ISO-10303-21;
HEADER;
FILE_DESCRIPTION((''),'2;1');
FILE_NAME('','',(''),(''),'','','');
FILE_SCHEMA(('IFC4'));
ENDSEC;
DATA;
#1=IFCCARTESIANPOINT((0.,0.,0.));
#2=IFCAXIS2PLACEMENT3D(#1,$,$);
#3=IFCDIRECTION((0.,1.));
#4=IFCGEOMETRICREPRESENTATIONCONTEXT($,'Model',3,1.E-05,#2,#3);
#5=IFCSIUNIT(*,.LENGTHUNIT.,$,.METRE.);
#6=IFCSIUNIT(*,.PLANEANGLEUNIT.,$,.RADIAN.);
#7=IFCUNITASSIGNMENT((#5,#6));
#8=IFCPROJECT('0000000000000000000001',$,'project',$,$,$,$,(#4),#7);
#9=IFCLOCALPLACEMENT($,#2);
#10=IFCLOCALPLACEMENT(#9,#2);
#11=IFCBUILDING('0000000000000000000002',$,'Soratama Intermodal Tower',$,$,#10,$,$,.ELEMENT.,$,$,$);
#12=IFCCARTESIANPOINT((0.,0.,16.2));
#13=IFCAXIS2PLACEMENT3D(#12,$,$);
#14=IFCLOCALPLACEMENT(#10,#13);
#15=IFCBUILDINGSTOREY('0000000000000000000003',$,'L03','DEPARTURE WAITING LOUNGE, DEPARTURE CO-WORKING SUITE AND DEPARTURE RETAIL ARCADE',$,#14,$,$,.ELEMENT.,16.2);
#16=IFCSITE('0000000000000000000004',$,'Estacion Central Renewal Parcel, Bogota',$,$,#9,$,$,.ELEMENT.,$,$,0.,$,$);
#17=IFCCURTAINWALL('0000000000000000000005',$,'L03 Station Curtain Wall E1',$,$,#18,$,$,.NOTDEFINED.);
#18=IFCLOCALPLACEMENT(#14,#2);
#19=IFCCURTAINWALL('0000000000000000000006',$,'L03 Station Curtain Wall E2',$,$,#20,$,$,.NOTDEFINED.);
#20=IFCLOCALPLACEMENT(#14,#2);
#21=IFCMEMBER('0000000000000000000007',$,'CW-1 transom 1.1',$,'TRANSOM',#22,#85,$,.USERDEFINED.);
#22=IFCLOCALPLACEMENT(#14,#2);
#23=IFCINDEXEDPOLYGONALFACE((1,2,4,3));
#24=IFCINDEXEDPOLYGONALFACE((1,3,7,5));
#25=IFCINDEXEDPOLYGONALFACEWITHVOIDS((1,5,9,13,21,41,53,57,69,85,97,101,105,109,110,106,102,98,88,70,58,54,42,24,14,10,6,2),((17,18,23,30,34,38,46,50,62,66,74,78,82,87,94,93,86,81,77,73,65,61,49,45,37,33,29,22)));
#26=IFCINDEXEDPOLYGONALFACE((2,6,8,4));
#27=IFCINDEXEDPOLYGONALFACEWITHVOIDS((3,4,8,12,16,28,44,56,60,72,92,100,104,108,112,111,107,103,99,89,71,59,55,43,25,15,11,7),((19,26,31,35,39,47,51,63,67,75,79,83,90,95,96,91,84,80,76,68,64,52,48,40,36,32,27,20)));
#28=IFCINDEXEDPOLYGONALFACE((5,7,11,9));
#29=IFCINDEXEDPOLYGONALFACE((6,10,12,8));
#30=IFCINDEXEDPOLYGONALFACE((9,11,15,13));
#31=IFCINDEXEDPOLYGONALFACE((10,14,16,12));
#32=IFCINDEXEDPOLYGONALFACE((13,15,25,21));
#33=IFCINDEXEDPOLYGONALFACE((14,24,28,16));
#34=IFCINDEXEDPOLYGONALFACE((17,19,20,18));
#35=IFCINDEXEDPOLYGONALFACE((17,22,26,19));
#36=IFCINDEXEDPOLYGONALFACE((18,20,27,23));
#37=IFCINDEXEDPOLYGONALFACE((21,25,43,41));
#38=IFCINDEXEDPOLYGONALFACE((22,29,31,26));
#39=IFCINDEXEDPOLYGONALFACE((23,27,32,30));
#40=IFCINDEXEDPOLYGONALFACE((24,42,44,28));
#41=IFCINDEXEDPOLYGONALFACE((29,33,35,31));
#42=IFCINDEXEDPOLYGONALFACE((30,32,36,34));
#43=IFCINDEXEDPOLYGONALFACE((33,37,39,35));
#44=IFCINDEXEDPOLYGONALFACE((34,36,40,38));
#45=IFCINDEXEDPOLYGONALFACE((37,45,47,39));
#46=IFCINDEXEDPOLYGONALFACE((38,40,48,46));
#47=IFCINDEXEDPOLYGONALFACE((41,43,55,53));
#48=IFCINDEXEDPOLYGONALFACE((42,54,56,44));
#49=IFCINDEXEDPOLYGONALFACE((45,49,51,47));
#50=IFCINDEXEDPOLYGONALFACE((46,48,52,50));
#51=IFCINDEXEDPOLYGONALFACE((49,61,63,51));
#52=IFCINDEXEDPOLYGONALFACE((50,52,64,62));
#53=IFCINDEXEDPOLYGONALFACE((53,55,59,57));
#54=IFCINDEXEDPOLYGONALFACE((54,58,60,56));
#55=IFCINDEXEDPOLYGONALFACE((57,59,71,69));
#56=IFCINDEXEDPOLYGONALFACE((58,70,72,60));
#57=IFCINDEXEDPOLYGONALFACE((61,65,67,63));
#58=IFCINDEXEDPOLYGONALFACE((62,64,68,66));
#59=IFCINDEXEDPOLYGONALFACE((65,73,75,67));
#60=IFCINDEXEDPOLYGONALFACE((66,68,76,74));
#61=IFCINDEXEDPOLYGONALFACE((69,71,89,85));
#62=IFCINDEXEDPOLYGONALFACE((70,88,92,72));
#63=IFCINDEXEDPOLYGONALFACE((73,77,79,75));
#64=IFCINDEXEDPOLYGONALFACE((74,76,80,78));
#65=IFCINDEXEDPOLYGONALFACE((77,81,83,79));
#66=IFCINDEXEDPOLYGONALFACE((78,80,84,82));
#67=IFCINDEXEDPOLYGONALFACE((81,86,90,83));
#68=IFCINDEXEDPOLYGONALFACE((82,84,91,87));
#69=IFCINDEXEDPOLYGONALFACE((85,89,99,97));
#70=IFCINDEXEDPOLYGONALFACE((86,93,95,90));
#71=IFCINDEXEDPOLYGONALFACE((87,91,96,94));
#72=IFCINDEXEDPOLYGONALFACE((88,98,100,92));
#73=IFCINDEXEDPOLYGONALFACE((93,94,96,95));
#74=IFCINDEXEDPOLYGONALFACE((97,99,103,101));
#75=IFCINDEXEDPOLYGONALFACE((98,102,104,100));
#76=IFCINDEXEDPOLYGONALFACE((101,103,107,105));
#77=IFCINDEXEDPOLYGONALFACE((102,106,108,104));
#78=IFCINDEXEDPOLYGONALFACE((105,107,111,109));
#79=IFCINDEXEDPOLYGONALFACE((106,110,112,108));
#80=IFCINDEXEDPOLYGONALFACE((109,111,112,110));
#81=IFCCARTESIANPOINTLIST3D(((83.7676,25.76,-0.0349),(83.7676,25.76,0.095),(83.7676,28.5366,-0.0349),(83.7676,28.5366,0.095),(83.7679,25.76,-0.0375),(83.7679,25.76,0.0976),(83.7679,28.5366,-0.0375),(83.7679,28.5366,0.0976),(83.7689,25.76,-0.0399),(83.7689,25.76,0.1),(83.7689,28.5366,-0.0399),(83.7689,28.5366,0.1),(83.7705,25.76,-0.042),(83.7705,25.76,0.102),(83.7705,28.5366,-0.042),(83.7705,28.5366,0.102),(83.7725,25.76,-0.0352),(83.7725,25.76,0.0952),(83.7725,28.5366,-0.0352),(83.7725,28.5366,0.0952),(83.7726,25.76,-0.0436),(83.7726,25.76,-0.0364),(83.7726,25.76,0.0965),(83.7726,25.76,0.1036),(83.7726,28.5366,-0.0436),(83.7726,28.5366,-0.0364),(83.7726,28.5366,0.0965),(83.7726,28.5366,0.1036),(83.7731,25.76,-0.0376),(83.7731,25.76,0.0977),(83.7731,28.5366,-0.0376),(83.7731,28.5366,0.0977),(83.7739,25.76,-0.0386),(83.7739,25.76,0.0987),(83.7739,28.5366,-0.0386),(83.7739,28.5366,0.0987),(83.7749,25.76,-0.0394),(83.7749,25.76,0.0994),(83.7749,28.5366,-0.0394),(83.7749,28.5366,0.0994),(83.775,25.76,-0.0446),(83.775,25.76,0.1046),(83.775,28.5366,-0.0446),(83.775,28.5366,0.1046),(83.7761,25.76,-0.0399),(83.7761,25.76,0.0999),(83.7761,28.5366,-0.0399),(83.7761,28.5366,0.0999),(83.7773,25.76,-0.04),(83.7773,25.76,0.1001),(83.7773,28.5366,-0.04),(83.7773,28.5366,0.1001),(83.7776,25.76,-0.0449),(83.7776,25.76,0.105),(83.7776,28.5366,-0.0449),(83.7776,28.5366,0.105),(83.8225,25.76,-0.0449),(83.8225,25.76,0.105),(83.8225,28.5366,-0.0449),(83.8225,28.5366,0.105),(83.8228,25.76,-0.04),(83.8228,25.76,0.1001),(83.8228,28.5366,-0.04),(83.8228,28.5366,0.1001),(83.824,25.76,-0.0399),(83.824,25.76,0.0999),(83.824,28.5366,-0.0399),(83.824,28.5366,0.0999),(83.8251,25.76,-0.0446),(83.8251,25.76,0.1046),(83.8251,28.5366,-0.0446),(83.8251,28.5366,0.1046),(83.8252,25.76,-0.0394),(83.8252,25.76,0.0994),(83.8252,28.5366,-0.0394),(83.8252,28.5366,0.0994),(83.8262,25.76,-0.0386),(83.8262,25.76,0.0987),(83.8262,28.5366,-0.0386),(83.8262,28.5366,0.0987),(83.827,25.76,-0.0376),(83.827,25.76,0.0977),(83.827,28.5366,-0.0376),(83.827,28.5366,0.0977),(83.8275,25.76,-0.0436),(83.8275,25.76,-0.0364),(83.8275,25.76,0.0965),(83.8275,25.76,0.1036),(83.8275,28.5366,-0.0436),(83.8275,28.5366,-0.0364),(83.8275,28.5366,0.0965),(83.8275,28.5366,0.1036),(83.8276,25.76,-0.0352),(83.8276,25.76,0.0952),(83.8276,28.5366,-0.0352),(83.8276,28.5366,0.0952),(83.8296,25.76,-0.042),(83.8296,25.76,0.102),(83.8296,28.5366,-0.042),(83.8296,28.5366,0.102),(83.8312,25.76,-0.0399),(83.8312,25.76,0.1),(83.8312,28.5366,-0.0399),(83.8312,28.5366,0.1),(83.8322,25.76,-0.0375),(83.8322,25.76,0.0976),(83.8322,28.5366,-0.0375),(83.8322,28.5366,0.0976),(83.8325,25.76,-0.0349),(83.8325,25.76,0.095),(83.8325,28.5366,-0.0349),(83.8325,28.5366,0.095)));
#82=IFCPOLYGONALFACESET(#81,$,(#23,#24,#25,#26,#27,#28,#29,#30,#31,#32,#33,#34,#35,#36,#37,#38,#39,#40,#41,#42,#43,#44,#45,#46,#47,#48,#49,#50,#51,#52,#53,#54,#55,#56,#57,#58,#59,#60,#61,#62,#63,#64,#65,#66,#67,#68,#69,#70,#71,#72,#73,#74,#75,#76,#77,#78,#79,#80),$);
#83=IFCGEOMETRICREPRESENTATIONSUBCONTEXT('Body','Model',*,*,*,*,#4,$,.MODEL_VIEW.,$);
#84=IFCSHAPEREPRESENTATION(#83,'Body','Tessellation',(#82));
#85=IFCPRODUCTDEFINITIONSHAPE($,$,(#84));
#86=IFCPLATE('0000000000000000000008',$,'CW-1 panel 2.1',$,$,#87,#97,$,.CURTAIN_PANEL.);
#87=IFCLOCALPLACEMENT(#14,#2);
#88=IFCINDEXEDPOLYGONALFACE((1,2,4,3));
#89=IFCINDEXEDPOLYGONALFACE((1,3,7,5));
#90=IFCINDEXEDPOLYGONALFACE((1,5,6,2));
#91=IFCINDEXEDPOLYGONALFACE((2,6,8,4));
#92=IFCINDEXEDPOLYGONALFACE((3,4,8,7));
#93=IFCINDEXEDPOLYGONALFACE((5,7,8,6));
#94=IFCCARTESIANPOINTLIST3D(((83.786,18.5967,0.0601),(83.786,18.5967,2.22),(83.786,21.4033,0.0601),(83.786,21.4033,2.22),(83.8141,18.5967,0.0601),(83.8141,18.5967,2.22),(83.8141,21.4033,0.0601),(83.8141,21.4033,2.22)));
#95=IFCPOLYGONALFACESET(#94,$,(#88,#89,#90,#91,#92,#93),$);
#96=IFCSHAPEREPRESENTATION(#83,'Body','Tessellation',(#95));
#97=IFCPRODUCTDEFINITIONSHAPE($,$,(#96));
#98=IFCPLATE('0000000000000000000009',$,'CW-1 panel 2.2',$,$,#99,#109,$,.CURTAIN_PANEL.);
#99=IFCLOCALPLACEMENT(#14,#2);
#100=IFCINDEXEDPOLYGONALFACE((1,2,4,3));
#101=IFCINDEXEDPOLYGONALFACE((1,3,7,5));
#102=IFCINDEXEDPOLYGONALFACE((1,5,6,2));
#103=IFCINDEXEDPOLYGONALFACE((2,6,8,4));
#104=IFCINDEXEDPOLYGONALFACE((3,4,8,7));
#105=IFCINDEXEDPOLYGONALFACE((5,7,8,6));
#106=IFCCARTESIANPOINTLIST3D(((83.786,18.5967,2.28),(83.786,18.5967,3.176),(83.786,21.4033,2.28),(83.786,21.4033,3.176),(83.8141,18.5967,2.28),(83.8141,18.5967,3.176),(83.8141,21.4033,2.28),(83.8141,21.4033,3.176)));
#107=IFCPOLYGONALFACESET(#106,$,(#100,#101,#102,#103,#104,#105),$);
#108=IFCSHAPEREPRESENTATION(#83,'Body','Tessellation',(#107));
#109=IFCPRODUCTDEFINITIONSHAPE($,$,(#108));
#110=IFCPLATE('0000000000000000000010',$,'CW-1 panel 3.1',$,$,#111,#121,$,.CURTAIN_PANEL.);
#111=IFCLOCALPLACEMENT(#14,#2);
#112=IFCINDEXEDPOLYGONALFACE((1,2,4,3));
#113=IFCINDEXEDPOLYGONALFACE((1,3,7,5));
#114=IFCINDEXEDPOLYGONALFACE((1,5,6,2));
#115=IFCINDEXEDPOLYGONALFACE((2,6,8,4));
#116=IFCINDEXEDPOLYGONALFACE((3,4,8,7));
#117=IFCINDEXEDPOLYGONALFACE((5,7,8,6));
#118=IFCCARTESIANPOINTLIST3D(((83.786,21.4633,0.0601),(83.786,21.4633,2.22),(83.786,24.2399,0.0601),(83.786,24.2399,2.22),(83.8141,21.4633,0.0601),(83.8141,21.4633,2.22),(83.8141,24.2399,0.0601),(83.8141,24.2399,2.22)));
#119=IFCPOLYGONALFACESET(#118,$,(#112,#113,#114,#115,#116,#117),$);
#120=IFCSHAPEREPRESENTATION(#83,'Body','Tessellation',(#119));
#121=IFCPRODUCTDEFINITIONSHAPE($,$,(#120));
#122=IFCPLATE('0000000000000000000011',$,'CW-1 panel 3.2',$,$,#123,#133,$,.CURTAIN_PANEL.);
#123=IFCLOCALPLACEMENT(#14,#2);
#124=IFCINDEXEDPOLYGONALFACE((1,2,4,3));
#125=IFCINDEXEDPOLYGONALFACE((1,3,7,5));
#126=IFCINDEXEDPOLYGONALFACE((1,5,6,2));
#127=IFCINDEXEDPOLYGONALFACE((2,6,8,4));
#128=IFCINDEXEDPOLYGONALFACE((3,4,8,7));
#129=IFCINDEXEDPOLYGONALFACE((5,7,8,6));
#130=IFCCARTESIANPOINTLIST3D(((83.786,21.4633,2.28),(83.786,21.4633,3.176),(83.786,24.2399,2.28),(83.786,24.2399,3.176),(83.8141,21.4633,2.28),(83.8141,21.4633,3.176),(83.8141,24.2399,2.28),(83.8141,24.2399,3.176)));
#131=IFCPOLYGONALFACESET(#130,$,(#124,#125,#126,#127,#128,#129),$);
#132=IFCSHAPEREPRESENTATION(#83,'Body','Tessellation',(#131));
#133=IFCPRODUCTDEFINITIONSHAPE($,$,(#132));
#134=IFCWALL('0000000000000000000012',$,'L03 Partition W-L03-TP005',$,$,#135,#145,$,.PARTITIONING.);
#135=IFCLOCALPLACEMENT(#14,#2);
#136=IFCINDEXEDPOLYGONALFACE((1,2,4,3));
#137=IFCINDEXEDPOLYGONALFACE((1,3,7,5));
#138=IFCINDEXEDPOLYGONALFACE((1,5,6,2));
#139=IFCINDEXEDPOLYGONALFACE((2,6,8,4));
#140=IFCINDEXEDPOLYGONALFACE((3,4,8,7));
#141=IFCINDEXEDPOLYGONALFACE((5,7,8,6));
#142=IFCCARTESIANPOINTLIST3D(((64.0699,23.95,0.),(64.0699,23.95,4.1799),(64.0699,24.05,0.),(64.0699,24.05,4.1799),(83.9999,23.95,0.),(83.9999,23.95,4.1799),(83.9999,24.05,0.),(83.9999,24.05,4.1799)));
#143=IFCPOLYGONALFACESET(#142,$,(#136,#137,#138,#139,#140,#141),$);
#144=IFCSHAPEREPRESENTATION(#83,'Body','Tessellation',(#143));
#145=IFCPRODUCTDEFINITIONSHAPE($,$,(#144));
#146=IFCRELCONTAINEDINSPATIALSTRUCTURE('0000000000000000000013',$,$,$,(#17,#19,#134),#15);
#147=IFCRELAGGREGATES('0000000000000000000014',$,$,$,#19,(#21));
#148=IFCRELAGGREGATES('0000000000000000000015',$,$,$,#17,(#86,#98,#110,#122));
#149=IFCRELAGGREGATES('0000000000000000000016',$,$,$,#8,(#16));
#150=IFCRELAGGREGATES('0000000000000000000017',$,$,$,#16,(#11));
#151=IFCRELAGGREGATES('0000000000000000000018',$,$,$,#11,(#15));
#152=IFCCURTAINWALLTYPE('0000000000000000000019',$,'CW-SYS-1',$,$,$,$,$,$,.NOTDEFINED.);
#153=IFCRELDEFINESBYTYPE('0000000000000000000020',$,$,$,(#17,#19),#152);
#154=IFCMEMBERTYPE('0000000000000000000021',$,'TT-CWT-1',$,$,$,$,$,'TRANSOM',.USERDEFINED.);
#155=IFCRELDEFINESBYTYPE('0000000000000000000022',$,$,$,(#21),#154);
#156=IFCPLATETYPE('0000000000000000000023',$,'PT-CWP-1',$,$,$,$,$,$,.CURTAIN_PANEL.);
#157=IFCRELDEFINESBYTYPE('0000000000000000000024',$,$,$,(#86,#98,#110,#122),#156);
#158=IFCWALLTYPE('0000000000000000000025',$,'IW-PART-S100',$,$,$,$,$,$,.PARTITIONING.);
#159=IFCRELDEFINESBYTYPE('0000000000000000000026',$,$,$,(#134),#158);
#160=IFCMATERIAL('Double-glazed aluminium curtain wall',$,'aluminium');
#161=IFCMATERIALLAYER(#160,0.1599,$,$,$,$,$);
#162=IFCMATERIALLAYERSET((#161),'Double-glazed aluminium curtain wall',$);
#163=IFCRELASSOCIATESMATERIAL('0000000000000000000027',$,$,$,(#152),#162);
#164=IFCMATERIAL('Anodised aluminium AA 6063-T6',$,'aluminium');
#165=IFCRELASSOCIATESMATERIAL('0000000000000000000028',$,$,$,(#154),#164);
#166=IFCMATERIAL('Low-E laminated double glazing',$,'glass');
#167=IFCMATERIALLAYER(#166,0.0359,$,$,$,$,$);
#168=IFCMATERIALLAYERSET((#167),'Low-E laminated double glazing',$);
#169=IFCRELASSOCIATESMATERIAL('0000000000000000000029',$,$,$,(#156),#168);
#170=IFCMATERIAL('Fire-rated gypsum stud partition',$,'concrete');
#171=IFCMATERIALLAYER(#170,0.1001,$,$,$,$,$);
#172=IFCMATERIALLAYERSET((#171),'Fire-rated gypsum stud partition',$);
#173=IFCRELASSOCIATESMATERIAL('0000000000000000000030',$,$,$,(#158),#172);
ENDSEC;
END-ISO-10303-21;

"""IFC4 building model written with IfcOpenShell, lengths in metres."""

from ifc_helpers import new_model, si_unit, direction, frame, frame_2d, origin, origin_2d, place, context, subcontext, project, spatial, rectangle, hollow_rectangle, extrude, material, layer, layer_set, material_profile, profile_set, type_object, element, aggregate, save


model = new_model("IFC4")

# Units and contexts
model_context = context("Model", 3, precision=1e-05, world=origin(), true_north=direction((0.0, 1.0)))
body_context = subcontext(model_context, "Body", "Model", "MODEL_VIEW")
ifc_project = project(units=[si_unit("LENGTHUNIT", "METRE"), si_unit("PLANEANGLEUNIT", "RADIAN")], contexts=[model_context])

# Site, building, storey
site_placement = place(None, origin())
site = spatial("IfcSite", under=ifc_project, at=site_placement, Name="Estacion Central Renewal Parcel, Bogota", CompositionType="ELEMENT", RefElevation=0.0)
building_placement = place(site_placement, origin())
building = spatial("IfcBuilding", under=site, at=building_placement, Name="Soratama Intermodal Tower", CompositionType="ELEMENT")
storey_placement = place(building_placement, frame((0.0, 0.0, 16.2)))
storey = spatial("IfcBuildingStorey", under=building, at=storey_placement, Name="L03", Description="DEPARTURE WAITING LOUNGE, DEPARTURE CO-WORKING SUITE AND DEPARTURE RETAIL ARCADE", CompositionType="ELEMENT", Elevation=16.2)

# Curtain wall
ifc_material_1 = material(Name="Double-glazed aluminium curtain wall", Category="aluminium")
ifc_layer_1 = layer(ifc_material_1, 0.1599)
ifc_layer_set_1 = layer_set([ifc_layer_1], Name="Double-glazed aluminium curtain wall")
curtain_wall_type = type_object("IfcCurtainWallType", Name="CW-SYS-1", PredefinedType="NOTDEFINED", material=ifc_layer_set_1)
curtain_wall_1_placement = place(storey_placement, origin())
curtain_wall_1 = element("IfcCurtainWall", 1, at=curtain_wall_1_placement, inside=storey, type_object=curtain_wall_type, Name="L03 Station Curtain Wall E1", PredefinedType="NOTDEFINED")

# Curtain wall
curtain_wall_2_placement = place(storey_placement, origin())
curtain_wall_2 = element("IfcCurtainWall", 2, at=curtain_wall_2_placement, inside=storey, type_object=curtain_wall_type, Name="L03 Station Curtain Wall E2", PredefinedType="NOTDEFINED")

# Member
ifc_material_2 = material(Name="Anodised aluminium AA 6063-T6", Category="aluminium")
ifc_material_profile_1 = material_profile(ifc_material_2, hollow_rectangle(XDim=0.0649, YDim=0.1499, WallThickness=0.0049, InnerFilletRadius=0.0049, OuterFilletRadius=0.01, at=origin_2d()), Name="CWT150X65X5")
ifc_profile_set_1 = profile_set([ifc_material_profile_1], Name="Anodised aluminium AA 6063-T6")
member_type_1 = type_object("IfcMemberType", Name="TT-CWT-1", ElementType="TRANSOM", PredefinedType="USERDEFINED", material=ifc_profile_set_1)
member_1_placement = place(storey_placement, frame((83.8, 25.76, 0.03), z_axis=(0.0, 1.0, 0.0), x_axis=(-1.0, 0.0, 0.0)))
member_1 = element("IfcMember", 3, at=member_1_placement, type_object=member_type_1, Name="CW-1 transom 1.1", ObjectType="TRANSOM", PredefinedType="USERDEFINED", context=body_context, shape_type="SweptSolid", body=[
    extrude(hollow_rectangle(XDim=0.0649, YDim=0.1499, WallThickness=0.0049, InnerFilletRadius=0.0049, OuterFilletRadius=0.01, at=origin_2d()), origin(), (0.0, 0.0, 1.0), 2.7766),
])
aggregate(curtain_wall_2, [member_1])

# Plates
ifc_material_3 = material(Name="Low-E laminated double glazing", Category="glass")
ifc_layer_2 = layer(ifc_material_3, 0.0359)
ifc_layer_set_2 = layer_set([ifc_layer_2], Name="Low-E laminated double glazing")
plate_type = type_object("IfcPlateType", Name="PT-CWP-1", PredefinedType="CURTAIN_PANEL", material=ifc_layer_set_2)
plate_1_placement = place(storey_placement, frame((83.8, 20.0, 0.0601), z_axis=(0.0, 0.0, 1.0), x_axis=(0.0, 1.0, 0.0)))
plate_1 = element("IfcPlate", 4, at=plate_1_placement, type_object=plate_type, Name="CW-1 panel 2.1", PredefinedType="CURTAIN_PANEL", context=body_context, shape_type="SweptSolid", body=[
    extrude(rectangle(XDim=2.8066, YDim=0.0281, at=origin_2d()), origin(), (0.0, 0.0, 1.0), 2.1599),
])
plate_2_placement = place(storey_placement, frame((83.8, 20.0, 2.28), z_axis=(0.0, 0.0, 1.0), x_axis=(0.0, 1.0, 0.0)))
plate_2 = element("IfcPlate", 5, at=plate_2_placement, type_object=plate_type, Name="CW-1 panel 2.2", PredefinedType="CURTAIN_PANEL", context=body_context, shape_type="SweptSolid", body=[
    extrude(rectangle(XDim=2.8066, YDim=0.0281, at=origin_2d()), origin(), (0.0, 0.0, 1.0), 0.896),
])
plate_3_placement = place(storey_placement, frame((83.8, 22.8516, 0.0601), z_axis=(0.0, 0.0, 1.0), x_axis=(0.0, 1.0, 0.0)))
plate_3 = element("IfcPlate", 6, at=plate_3_placement, type_object=plate_type, Name="CW-1 panel 3.1", PredefinedType="CURTAIN_PANEL", context=body_context, shape_type="SweptSolid", body=[
    extrude(rectangle(XDim=2.7766, YDim=0.0281, at=origin_2d()), origin(), (0.0, 0.0, 1.0), 2.1599),
])
plate_4_placement = place(storey_placement, frame((83.8, 22.8516, 2.28), z_axis=(0.0, 0.0, 1.0), x_axis=(0.0, 1.0, 0.0)))
plate_4 = element("IfcPlate", 7, at=plate_4_placement, type_object=plate_type, Name="CW-1 panel 3.2", PredefinedType="CURTAIN_PANEL", context=body_context, shape_type="SweptSolid", body=[
    extrude(rectangle(XDim=2.7766, YDim=0.0281, at=origin_2d()), origin(), (0.0, 0.0, 1.0), 0.896),
])
aggregate(curtain_wall_1, [plate_1, plate_2, plate_3, plate_4])

# Wall
ifc_material_4 = material(Name="Fire-rated gypsum stud partition", Category="concrete")
ifc_layer_3 = layer(ifc_material_4, 0.1001)
ifc_layer_set_3 = layer_set([ifc_layer_3], Name="Fire-rated gypsum stud partition")
wall_type = type_object("IfcWallType", Name="IW-PART-S100", PredefinedType="PARTITIONING", material=ifc_layer_set_3)
wall_placement = place(storey_placement, frame((64.0701, 24.0, 0.0), z_axis=(0.0, 0.0, 1.0), x_axis=(1.0, 0.0, 0.0)))
element("IfcWall", 8, at=wall_placement, inside=storey, type_object=wall_type, Name="L03 Partition W-L03-TP005", PredefinedType="PARTITIONING", context=body_context, shape_type="SweptSolid", body=[
    extrude(rectangle(XDim=19.9299, YDim=0.1001, at=frame_2d((9.9648, 0.0))), origin(), (0.0, 0.0, 1.0), 4.1799),
])

save(model, "model.ifc")
